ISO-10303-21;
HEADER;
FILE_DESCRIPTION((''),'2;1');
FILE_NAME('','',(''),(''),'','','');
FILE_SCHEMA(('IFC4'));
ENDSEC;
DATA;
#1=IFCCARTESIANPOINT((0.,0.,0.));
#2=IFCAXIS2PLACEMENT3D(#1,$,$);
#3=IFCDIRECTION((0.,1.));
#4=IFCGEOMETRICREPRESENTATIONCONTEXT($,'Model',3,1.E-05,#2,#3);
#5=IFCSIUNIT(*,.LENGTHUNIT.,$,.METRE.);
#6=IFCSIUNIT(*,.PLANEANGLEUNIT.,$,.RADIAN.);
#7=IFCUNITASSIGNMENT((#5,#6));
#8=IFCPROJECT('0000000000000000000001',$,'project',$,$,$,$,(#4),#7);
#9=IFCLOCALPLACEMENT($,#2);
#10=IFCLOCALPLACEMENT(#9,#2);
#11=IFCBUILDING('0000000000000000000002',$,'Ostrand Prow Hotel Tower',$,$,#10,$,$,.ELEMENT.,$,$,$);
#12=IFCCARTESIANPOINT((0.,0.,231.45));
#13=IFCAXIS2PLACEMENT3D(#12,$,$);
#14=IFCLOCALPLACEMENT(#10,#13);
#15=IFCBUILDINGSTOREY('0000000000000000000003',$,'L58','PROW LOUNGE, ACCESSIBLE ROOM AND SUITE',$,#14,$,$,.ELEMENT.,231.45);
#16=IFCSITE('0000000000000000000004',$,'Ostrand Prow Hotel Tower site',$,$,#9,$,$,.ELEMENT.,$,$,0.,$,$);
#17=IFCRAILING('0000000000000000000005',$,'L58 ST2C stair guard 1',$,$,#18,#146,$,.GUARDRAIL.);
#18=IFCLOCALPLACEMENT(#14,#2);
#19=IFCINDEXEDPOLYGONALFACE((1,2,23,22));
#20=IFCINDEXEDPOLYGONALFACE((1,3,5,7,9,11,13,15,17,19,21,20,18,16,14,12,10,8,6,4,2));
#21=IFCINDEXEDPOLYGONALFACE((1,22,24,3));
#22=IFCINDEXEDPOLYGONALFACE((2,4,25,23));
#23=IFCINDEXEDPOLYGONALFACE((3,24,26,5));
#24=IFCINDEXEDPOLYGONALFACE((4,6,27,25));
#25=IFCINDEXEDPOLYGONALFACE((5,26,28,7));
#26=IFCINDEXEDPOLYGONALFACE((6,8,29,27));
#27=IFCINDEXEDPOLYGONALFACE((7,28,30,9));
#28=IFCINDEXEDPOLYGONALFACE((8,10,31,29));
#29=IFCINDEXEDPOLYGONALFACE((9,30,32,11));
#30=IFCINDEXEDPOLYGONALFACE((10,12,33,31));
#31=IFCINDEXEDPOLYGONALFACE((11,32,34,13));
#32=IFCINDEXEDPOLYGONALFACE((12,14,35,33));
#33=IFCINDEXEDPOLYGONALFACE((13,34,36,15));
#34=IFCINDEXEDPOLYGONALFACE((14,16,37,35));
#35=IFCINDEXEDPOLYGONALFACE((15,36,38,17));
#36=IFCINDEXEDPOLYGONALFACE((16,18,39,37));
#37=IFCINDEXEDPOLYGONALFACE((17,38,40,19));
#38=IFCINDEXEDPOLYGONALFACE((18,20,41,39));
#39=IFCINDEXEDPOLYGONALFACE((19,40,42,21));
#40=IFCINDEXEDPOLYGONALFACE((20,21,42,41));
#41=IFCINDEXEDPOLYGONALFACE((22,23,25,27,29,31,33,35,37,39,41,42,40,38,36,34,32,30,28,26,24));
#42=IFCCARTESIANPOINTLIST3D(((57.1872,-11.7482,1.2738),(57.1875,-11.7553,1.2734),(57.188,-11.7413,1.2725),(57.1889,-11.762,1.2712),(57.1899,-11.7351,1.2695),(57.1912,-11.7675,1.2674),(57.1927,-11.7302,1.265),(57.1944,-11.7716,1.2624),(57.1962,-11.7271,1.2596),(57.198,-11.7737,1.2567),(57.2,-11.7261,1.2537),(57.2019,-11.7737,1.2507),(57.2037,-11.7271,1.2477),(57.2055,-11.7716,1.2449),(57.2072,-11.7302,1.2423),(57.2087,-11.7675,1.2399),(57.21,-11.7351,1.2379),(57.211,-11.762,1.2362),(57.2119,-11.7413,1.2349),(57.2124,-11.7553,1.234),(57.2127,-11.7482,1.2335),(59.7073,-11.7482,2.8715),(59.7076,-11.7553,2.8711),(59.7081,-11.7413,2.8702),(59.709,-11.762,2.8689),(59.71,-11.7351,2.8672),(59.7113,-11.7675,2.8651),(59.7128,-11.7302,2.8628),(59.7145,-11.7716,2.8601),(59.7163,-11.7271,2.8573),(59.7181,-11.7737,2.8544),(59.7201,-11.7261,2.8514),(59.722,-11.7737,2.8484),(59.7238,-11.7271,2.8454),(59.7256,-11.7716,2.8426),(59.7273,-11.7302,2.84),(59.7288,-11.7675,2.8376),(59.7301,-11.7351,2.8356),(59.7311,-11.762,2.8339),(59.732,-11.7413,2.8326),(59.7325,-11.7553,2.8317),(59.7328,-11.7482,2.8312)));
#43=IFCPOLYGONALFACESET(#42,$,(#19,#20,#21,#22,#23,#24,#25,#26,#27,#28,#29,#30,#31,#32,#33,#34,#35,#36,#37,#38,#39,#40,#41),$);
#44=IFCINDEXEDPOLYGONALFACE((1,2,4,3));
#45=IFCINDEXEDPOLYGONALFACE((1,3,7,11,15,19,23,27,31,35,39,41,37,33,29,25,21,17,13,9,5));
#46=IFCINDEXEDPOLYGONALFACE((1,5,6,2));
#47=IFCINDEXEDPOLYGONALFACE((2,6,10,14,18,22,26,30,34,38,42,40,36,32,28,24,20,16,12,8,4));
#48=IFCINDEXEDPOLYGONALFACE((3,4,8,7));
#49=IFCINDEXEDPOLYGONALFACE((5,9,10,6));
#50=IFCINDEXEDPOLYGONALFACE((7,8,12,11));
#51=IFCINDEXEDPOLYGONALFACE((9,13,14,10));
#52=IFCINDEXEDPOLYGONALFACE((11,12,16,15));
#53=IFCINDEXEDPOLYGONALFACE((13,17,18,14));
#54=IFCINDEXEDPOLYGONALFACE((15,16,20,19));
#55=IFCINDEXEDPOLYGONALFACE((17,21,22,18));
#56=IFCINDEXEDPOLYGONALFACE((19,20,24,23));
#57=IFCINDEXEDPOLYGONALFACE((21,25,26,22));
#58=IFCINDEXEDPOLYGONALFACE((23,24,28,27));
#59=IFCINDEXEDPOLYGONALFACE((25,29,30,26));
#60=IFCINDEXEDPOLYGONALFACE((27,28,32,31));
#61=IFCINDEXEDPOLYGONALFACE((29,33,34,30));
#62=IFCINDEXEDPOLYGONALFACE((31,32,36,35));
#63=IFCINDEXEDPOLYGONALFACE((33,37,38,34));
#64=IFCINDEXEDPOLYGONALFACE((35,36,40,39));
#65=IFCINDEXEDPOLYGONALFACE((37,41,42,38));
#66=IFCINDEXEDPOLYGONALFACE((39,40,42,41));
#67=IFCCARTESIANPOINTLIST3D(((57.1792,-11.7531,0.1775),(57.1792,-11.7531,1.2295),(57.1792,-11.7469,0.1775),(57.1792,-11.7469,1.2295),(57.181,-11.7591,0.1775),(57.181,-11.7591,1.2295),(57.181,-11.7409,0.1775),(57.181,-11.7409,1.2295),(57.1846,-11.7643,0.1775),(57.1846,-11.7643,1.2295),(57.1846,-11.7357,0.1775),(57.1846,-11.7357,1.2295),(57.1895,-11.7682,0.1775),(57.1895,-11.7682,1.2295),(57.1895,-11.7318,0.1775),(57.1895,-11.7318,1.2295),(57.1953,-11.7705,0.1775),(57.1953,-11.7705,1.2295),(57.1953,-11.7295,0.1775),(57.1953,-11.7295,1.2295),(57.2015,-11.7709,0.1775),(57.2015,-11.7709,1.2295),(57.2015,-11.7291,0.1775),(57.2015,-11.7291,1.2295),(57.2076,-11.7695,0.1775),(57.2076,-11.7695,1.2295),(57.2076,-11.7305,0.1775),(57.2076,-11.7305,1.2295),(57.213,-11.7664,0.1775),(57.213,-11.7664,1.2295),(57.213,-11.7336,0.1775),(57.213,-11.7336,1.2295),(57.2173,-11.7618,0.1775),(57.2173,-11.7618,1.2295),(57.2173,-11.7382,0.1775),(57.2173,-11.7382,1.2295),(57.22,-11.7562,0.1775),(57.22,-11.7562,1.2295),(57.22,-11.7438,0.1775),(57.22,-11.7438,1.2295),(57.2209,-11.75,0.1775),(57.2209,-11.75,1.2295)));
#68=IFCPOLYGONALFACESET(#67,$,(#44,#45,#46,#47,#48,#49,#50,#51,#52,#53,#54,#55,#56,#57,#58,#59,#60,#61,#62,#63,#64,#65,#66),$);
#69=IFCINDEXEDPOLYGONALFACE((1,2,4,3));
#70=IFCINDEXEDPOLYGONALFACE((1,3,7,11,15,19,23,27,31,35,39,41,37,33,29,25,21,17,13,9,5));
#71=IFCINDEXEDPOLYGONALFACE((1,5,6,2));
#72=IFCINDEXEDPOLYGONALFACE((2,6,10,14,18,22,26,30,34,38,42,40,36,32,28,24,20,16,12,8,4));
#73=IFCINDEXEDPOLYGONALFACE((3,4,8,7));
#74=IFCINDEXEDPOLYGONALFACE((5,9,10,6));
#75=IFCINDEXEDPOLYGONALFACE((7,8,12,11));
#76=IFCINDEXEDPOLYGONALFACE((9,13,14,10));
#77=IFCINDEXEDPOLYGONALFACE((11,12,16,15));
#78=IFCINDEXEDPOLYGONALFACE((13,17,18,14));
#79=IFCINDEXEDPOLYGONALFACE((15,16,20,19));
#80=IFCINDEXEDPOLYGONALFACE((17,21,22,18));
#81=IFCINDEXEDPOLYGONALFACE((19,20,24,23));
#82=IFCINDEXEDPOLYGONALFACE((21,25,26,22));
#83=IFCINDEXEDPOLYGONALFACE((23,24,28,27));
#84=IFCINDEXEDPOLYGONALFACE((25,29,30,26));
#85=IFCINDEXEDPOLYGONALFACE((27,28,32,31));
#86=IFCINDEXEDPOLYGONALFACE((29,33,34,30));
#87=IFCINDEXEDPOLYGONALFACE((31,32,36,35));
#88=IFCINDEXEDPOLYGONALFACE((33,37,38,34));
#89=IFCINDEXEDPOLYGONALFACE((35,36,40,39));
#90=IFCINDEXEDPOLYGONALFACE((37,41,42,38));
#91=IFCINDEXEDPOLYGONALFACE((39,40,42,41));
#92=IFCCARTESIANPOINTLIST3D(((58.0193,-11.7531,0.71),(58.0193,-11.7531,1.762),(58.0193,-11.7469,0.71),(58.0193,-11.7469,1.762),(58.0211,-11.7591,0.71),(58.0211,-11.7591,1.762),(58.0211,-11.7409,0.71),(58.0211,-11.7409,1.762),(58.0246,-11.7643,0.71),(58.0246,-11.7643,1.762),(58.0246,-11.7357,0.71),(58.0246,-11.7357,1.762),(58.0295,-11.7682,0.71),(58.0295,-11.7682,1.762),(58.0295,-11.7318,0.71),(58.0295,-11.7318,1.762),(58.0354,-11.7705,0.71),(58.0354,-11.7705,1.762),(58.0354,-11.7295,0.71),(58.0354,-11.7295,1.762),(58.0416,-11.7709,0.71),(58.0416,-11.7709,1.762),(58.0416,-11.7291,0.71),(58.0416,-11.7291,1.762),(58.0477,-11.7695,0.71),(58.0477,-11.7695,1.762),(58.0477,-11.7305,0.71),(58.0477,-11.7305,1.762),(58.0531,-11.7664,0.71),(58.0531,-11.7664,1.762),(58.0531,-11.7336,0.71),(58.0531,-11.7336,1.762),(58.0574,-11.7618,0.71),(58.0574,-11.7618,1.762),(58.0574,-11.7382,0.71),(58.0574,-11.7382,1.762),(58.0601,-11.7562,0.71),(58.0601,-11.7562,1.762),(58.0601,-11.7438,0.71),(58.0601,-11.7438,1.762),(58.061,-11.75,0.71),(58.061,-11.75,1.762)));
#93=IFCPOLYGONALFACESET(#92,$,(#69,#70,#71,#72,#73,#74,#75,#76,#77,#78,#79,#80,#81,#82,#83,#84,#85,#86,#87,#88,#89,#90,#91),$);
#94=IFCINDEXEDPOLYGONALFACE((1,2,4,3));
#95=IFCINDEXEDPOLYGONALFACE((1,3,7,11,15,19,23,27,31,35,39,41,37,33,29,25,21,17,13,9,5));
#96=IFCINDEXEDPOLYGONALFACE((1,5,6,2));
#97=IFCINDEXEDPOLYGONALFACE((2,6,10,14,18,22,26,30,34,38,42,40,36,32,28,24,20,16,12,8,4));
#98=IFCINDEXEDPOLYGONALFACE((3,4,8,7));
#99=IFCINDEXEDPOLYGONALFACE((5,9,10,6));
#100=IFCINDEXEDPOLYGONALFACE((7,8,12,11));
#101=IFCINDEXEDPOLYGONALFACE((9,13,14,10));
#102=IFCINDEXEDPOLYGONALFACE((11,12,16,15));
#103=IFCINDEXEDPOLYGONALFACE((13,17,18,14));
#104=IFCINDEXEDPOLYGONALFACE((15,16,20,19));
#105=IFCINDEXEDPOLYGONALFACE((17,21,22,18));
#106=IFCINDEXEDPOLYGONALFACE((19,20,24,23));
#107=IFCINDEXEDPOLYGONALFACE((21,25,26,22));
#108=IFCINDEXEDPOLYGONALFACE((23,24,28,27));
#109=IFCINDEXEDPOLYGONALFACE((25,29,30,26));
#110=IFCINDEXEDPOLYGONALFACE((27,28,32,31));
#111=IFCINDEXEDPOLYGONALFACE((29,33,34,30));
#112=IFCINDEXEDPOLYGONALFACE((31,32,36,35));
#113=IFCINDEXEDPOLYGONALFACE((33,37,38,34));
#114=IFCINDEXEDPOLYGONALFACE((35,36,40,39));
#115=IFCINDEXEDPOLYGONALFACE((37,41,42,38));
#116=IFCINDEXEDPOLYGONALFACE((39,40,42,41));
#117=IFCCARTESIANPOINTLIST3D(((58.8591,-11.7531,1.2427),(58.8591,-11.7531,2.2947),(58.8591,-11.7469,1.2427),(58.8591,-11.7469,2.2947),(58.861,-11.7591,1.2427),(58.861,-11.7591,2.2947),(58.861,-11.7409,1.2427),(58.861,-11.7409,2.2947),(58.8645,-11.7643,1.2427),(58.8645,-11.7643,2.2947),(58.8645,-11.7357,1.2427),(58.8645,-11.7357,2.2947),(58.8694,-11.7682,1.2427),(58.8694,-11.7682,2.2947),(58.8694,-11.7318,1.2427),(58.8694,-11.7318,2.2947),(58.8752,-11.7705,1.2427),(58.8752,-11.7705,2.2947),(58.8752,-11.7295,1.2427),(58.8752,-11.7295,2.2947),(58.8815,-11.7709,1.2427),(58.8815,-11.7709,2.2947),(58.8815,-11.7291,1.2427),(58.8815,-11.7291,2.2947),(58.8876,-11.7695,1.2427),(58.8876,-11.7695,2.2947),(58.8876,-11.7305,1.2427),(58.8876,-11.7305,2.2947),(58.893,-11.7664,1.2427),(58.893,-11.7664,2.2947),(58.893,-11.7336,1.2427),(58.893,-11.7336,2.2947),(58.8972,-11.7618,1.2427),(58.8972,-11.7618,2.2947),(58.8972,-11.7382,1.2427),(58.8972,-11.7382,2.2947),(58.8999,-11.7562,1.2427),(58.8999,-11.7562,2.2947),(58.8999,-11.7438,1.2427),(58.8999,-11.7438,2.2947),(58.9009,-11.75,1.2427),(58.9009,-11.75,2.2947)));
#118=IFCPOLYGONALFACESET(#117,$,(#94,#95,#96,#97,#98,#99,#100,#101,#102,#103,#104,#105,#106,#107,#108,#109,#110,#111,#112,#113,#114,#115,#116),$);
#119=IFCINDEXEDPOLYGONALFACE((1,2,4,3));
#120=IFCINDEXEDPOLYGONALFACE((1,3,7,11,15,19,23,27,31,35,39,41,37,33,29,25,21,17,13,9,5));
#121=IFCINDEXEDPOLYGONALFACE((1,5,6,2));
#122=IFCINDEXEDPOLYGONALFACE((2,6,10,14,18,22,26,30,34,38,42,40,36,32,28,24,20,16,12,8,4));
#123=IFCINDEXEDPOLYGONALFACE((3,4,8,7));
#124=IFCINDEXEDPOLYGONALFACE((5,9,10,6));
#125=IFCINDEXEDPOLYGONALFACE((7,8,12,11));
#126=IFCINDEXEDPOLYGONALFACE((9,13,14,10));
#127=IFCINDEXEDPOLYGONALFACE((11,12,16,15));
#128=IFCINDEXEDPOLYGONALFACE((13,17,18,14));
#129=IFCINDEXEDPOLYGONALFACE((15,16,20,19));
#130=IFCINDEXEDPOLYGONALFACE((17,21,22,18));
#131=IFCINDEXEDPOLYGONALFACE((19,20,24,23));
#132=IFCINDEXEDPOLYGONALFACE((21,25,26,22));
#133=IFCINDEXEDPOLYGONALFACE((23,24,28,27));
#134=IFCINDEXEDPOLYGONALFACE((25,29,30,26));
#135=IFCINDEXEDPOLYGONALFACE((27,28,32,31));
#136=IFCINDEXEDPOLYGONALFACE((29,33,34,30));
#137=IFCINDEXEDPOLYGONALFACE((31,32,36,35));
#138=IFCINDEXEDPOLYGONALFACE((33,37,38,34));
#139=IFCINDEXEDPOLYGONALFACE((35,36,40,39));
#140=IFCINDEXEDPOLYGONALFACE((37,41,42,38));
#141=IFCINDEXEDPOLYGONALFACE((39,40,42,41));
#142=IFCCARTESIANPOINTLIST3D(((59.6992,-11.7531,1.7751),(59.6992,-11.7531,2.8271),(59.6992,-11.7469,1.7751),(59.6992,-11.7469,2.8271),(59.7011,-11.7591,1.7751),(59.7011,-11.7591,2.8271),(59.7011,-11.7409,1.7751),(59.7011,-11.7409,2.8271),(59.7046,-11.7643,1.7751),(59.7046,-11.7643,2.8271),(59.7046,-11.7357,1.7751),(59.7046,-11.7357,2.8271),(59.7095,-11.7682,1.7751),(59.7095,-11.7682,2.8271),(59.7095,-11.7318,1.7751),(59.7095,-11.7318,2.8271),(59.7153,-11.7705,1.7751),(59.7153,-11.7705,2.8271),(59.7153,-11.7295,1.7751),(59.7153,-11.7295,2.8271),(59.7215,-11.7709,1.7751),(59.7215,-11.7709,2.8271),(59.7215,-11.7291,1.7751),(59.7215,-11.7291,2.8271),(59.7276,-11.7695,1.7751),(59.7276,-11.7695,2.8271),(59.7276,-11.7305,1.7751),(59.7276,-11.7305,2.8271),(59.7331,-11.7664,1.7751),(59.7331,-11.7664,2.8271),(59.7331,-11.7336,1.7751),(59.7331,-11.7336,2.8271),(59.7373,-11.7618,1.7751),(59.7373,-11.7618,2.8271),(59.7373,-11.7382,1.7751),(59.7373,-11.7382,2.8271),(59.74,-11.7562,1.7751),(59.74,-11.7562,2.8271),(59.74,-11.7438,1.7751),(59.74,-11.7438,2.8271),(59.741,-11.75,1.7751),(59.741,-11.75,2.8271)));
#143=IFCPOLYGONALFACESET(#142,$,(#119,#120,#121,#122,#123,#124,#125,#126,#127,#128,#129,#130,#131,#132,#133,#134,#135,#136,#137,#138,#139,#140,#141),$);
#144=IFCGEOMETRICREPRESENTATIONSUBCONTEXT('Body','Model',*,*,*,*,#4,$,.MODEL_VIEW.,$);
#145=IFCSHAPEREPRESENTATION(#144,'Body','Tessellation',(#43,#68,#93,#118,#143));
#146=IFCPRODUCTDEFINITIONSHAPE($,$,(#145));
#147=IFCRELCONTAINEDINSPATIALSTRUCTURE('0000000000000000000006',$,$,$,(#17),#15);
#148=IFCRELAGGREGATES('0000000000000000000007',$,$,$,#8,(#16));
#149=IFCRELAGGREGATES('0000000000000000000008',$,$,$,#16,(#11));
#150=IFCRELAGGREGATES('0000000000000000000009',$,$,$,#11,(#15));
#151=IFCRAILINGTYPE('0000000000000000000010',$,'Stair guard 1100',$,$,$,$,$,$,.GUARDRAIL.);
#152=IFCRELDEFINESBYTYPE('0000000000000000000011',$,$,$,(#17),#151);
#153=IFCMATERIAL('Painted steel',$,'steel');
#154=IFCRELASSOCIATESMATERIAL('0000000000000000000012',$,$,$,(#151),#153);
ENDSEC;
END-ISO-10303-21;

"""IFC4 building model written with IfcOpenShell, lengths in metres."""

from ifc_helpers import new_model, si_unit, direction, frame, origin, origin_2d, place, context, subcontext, project, spatial, circle, extrude, material, type_object, element, save


model = new_model("IFC4")

# Units and contexts
model_context = context("Model", 3, precision=1e-05, world=origin(), true_north=direction((0.0, 1.0)))
body_context = subcontext(model_context, "Body", "Model", "MODEL_VIEW")
ifc_project = project(units=[si_unit("LENGTHUNIT", "METRE"), si_unit("PLANEANGLEUNIT", "RADIAN")], contexts=[model_context])

# Site, building, storey
site_placement = place(None, origin())
site = spatial("IfcSite", under=ifc_project, at=site_placement, Name="Ostrand Prow Hotel Tower site", CompositionType="ELEMENT", RefElevation=0.0)
building_placement = place(site_placement, origin())
building = spatial("IfcBuilding", under=site, at=building_placement, Name="Ostrand Prow Hotel Tower", CompositionType="ELEMENT")
storey_placement = place(building_placement, frame((0.0, 0.0, 231.45)))
storey = spatial("IfcBuildingStorey", under=building, at=storey_placement, Name="L58", Description="PROW LOUNGE, ACCESSIBLE ROOM AND SUITE", CompositionType="ELEMENT", Elevation=231.45)

# Railing
ifc_material_1 = material(Name="Painted steel", Category="steel")
railing_type_1 = type_object("IfcRailingType", Name="Stair guard 1100", PredefinedType="GUARDRAIL", material=ifc_material_1)
railing_1_placement = place(storey_placement, frame((57.2, -11.75, 0.1775)))
element("IfcRailing", 1, at=railing_1_placement, inside=storey, type_object=railing_type_1, Name="L58 ST2C stair guard 1", PredefinedType="GUARDRAIL", context=body_context, shape_type="SweptSolid", body=[
    extrude(circle(Radius=0.0239, at=origin_2d()), frame((0.0, 0.0, 1.0762), z_axis=(0.84457, 0.0, 0.535445), x_axis=(0.0, 1.0, 0.0)), (0.0, 0.0, 1.0), 2.9839),
    extrude(circle(Radius=0.021, at=origin_2d()), origin(), (0.0, 0.0, 1.0), 1.052),
    extrude(circle(Radius=0.021, at=origin_2d()), frame((0.8401, 0.0, 0.5325)), (0.0, 0.0, 1.0), 1.052),
    extrude(circle(Radius=0.021, at=origin_2d()), frame((1.6799, 0.0, 1.0652)), (0.0, 0.0, 1.0), 1.052),
    extrude(circle(Radius=0.021, at=origin_2d()), frame((2.52, 0.0, 1.5977)), (0.0, 0.0, 1.0), 1.052),
])

save(model, "model.ifc")
